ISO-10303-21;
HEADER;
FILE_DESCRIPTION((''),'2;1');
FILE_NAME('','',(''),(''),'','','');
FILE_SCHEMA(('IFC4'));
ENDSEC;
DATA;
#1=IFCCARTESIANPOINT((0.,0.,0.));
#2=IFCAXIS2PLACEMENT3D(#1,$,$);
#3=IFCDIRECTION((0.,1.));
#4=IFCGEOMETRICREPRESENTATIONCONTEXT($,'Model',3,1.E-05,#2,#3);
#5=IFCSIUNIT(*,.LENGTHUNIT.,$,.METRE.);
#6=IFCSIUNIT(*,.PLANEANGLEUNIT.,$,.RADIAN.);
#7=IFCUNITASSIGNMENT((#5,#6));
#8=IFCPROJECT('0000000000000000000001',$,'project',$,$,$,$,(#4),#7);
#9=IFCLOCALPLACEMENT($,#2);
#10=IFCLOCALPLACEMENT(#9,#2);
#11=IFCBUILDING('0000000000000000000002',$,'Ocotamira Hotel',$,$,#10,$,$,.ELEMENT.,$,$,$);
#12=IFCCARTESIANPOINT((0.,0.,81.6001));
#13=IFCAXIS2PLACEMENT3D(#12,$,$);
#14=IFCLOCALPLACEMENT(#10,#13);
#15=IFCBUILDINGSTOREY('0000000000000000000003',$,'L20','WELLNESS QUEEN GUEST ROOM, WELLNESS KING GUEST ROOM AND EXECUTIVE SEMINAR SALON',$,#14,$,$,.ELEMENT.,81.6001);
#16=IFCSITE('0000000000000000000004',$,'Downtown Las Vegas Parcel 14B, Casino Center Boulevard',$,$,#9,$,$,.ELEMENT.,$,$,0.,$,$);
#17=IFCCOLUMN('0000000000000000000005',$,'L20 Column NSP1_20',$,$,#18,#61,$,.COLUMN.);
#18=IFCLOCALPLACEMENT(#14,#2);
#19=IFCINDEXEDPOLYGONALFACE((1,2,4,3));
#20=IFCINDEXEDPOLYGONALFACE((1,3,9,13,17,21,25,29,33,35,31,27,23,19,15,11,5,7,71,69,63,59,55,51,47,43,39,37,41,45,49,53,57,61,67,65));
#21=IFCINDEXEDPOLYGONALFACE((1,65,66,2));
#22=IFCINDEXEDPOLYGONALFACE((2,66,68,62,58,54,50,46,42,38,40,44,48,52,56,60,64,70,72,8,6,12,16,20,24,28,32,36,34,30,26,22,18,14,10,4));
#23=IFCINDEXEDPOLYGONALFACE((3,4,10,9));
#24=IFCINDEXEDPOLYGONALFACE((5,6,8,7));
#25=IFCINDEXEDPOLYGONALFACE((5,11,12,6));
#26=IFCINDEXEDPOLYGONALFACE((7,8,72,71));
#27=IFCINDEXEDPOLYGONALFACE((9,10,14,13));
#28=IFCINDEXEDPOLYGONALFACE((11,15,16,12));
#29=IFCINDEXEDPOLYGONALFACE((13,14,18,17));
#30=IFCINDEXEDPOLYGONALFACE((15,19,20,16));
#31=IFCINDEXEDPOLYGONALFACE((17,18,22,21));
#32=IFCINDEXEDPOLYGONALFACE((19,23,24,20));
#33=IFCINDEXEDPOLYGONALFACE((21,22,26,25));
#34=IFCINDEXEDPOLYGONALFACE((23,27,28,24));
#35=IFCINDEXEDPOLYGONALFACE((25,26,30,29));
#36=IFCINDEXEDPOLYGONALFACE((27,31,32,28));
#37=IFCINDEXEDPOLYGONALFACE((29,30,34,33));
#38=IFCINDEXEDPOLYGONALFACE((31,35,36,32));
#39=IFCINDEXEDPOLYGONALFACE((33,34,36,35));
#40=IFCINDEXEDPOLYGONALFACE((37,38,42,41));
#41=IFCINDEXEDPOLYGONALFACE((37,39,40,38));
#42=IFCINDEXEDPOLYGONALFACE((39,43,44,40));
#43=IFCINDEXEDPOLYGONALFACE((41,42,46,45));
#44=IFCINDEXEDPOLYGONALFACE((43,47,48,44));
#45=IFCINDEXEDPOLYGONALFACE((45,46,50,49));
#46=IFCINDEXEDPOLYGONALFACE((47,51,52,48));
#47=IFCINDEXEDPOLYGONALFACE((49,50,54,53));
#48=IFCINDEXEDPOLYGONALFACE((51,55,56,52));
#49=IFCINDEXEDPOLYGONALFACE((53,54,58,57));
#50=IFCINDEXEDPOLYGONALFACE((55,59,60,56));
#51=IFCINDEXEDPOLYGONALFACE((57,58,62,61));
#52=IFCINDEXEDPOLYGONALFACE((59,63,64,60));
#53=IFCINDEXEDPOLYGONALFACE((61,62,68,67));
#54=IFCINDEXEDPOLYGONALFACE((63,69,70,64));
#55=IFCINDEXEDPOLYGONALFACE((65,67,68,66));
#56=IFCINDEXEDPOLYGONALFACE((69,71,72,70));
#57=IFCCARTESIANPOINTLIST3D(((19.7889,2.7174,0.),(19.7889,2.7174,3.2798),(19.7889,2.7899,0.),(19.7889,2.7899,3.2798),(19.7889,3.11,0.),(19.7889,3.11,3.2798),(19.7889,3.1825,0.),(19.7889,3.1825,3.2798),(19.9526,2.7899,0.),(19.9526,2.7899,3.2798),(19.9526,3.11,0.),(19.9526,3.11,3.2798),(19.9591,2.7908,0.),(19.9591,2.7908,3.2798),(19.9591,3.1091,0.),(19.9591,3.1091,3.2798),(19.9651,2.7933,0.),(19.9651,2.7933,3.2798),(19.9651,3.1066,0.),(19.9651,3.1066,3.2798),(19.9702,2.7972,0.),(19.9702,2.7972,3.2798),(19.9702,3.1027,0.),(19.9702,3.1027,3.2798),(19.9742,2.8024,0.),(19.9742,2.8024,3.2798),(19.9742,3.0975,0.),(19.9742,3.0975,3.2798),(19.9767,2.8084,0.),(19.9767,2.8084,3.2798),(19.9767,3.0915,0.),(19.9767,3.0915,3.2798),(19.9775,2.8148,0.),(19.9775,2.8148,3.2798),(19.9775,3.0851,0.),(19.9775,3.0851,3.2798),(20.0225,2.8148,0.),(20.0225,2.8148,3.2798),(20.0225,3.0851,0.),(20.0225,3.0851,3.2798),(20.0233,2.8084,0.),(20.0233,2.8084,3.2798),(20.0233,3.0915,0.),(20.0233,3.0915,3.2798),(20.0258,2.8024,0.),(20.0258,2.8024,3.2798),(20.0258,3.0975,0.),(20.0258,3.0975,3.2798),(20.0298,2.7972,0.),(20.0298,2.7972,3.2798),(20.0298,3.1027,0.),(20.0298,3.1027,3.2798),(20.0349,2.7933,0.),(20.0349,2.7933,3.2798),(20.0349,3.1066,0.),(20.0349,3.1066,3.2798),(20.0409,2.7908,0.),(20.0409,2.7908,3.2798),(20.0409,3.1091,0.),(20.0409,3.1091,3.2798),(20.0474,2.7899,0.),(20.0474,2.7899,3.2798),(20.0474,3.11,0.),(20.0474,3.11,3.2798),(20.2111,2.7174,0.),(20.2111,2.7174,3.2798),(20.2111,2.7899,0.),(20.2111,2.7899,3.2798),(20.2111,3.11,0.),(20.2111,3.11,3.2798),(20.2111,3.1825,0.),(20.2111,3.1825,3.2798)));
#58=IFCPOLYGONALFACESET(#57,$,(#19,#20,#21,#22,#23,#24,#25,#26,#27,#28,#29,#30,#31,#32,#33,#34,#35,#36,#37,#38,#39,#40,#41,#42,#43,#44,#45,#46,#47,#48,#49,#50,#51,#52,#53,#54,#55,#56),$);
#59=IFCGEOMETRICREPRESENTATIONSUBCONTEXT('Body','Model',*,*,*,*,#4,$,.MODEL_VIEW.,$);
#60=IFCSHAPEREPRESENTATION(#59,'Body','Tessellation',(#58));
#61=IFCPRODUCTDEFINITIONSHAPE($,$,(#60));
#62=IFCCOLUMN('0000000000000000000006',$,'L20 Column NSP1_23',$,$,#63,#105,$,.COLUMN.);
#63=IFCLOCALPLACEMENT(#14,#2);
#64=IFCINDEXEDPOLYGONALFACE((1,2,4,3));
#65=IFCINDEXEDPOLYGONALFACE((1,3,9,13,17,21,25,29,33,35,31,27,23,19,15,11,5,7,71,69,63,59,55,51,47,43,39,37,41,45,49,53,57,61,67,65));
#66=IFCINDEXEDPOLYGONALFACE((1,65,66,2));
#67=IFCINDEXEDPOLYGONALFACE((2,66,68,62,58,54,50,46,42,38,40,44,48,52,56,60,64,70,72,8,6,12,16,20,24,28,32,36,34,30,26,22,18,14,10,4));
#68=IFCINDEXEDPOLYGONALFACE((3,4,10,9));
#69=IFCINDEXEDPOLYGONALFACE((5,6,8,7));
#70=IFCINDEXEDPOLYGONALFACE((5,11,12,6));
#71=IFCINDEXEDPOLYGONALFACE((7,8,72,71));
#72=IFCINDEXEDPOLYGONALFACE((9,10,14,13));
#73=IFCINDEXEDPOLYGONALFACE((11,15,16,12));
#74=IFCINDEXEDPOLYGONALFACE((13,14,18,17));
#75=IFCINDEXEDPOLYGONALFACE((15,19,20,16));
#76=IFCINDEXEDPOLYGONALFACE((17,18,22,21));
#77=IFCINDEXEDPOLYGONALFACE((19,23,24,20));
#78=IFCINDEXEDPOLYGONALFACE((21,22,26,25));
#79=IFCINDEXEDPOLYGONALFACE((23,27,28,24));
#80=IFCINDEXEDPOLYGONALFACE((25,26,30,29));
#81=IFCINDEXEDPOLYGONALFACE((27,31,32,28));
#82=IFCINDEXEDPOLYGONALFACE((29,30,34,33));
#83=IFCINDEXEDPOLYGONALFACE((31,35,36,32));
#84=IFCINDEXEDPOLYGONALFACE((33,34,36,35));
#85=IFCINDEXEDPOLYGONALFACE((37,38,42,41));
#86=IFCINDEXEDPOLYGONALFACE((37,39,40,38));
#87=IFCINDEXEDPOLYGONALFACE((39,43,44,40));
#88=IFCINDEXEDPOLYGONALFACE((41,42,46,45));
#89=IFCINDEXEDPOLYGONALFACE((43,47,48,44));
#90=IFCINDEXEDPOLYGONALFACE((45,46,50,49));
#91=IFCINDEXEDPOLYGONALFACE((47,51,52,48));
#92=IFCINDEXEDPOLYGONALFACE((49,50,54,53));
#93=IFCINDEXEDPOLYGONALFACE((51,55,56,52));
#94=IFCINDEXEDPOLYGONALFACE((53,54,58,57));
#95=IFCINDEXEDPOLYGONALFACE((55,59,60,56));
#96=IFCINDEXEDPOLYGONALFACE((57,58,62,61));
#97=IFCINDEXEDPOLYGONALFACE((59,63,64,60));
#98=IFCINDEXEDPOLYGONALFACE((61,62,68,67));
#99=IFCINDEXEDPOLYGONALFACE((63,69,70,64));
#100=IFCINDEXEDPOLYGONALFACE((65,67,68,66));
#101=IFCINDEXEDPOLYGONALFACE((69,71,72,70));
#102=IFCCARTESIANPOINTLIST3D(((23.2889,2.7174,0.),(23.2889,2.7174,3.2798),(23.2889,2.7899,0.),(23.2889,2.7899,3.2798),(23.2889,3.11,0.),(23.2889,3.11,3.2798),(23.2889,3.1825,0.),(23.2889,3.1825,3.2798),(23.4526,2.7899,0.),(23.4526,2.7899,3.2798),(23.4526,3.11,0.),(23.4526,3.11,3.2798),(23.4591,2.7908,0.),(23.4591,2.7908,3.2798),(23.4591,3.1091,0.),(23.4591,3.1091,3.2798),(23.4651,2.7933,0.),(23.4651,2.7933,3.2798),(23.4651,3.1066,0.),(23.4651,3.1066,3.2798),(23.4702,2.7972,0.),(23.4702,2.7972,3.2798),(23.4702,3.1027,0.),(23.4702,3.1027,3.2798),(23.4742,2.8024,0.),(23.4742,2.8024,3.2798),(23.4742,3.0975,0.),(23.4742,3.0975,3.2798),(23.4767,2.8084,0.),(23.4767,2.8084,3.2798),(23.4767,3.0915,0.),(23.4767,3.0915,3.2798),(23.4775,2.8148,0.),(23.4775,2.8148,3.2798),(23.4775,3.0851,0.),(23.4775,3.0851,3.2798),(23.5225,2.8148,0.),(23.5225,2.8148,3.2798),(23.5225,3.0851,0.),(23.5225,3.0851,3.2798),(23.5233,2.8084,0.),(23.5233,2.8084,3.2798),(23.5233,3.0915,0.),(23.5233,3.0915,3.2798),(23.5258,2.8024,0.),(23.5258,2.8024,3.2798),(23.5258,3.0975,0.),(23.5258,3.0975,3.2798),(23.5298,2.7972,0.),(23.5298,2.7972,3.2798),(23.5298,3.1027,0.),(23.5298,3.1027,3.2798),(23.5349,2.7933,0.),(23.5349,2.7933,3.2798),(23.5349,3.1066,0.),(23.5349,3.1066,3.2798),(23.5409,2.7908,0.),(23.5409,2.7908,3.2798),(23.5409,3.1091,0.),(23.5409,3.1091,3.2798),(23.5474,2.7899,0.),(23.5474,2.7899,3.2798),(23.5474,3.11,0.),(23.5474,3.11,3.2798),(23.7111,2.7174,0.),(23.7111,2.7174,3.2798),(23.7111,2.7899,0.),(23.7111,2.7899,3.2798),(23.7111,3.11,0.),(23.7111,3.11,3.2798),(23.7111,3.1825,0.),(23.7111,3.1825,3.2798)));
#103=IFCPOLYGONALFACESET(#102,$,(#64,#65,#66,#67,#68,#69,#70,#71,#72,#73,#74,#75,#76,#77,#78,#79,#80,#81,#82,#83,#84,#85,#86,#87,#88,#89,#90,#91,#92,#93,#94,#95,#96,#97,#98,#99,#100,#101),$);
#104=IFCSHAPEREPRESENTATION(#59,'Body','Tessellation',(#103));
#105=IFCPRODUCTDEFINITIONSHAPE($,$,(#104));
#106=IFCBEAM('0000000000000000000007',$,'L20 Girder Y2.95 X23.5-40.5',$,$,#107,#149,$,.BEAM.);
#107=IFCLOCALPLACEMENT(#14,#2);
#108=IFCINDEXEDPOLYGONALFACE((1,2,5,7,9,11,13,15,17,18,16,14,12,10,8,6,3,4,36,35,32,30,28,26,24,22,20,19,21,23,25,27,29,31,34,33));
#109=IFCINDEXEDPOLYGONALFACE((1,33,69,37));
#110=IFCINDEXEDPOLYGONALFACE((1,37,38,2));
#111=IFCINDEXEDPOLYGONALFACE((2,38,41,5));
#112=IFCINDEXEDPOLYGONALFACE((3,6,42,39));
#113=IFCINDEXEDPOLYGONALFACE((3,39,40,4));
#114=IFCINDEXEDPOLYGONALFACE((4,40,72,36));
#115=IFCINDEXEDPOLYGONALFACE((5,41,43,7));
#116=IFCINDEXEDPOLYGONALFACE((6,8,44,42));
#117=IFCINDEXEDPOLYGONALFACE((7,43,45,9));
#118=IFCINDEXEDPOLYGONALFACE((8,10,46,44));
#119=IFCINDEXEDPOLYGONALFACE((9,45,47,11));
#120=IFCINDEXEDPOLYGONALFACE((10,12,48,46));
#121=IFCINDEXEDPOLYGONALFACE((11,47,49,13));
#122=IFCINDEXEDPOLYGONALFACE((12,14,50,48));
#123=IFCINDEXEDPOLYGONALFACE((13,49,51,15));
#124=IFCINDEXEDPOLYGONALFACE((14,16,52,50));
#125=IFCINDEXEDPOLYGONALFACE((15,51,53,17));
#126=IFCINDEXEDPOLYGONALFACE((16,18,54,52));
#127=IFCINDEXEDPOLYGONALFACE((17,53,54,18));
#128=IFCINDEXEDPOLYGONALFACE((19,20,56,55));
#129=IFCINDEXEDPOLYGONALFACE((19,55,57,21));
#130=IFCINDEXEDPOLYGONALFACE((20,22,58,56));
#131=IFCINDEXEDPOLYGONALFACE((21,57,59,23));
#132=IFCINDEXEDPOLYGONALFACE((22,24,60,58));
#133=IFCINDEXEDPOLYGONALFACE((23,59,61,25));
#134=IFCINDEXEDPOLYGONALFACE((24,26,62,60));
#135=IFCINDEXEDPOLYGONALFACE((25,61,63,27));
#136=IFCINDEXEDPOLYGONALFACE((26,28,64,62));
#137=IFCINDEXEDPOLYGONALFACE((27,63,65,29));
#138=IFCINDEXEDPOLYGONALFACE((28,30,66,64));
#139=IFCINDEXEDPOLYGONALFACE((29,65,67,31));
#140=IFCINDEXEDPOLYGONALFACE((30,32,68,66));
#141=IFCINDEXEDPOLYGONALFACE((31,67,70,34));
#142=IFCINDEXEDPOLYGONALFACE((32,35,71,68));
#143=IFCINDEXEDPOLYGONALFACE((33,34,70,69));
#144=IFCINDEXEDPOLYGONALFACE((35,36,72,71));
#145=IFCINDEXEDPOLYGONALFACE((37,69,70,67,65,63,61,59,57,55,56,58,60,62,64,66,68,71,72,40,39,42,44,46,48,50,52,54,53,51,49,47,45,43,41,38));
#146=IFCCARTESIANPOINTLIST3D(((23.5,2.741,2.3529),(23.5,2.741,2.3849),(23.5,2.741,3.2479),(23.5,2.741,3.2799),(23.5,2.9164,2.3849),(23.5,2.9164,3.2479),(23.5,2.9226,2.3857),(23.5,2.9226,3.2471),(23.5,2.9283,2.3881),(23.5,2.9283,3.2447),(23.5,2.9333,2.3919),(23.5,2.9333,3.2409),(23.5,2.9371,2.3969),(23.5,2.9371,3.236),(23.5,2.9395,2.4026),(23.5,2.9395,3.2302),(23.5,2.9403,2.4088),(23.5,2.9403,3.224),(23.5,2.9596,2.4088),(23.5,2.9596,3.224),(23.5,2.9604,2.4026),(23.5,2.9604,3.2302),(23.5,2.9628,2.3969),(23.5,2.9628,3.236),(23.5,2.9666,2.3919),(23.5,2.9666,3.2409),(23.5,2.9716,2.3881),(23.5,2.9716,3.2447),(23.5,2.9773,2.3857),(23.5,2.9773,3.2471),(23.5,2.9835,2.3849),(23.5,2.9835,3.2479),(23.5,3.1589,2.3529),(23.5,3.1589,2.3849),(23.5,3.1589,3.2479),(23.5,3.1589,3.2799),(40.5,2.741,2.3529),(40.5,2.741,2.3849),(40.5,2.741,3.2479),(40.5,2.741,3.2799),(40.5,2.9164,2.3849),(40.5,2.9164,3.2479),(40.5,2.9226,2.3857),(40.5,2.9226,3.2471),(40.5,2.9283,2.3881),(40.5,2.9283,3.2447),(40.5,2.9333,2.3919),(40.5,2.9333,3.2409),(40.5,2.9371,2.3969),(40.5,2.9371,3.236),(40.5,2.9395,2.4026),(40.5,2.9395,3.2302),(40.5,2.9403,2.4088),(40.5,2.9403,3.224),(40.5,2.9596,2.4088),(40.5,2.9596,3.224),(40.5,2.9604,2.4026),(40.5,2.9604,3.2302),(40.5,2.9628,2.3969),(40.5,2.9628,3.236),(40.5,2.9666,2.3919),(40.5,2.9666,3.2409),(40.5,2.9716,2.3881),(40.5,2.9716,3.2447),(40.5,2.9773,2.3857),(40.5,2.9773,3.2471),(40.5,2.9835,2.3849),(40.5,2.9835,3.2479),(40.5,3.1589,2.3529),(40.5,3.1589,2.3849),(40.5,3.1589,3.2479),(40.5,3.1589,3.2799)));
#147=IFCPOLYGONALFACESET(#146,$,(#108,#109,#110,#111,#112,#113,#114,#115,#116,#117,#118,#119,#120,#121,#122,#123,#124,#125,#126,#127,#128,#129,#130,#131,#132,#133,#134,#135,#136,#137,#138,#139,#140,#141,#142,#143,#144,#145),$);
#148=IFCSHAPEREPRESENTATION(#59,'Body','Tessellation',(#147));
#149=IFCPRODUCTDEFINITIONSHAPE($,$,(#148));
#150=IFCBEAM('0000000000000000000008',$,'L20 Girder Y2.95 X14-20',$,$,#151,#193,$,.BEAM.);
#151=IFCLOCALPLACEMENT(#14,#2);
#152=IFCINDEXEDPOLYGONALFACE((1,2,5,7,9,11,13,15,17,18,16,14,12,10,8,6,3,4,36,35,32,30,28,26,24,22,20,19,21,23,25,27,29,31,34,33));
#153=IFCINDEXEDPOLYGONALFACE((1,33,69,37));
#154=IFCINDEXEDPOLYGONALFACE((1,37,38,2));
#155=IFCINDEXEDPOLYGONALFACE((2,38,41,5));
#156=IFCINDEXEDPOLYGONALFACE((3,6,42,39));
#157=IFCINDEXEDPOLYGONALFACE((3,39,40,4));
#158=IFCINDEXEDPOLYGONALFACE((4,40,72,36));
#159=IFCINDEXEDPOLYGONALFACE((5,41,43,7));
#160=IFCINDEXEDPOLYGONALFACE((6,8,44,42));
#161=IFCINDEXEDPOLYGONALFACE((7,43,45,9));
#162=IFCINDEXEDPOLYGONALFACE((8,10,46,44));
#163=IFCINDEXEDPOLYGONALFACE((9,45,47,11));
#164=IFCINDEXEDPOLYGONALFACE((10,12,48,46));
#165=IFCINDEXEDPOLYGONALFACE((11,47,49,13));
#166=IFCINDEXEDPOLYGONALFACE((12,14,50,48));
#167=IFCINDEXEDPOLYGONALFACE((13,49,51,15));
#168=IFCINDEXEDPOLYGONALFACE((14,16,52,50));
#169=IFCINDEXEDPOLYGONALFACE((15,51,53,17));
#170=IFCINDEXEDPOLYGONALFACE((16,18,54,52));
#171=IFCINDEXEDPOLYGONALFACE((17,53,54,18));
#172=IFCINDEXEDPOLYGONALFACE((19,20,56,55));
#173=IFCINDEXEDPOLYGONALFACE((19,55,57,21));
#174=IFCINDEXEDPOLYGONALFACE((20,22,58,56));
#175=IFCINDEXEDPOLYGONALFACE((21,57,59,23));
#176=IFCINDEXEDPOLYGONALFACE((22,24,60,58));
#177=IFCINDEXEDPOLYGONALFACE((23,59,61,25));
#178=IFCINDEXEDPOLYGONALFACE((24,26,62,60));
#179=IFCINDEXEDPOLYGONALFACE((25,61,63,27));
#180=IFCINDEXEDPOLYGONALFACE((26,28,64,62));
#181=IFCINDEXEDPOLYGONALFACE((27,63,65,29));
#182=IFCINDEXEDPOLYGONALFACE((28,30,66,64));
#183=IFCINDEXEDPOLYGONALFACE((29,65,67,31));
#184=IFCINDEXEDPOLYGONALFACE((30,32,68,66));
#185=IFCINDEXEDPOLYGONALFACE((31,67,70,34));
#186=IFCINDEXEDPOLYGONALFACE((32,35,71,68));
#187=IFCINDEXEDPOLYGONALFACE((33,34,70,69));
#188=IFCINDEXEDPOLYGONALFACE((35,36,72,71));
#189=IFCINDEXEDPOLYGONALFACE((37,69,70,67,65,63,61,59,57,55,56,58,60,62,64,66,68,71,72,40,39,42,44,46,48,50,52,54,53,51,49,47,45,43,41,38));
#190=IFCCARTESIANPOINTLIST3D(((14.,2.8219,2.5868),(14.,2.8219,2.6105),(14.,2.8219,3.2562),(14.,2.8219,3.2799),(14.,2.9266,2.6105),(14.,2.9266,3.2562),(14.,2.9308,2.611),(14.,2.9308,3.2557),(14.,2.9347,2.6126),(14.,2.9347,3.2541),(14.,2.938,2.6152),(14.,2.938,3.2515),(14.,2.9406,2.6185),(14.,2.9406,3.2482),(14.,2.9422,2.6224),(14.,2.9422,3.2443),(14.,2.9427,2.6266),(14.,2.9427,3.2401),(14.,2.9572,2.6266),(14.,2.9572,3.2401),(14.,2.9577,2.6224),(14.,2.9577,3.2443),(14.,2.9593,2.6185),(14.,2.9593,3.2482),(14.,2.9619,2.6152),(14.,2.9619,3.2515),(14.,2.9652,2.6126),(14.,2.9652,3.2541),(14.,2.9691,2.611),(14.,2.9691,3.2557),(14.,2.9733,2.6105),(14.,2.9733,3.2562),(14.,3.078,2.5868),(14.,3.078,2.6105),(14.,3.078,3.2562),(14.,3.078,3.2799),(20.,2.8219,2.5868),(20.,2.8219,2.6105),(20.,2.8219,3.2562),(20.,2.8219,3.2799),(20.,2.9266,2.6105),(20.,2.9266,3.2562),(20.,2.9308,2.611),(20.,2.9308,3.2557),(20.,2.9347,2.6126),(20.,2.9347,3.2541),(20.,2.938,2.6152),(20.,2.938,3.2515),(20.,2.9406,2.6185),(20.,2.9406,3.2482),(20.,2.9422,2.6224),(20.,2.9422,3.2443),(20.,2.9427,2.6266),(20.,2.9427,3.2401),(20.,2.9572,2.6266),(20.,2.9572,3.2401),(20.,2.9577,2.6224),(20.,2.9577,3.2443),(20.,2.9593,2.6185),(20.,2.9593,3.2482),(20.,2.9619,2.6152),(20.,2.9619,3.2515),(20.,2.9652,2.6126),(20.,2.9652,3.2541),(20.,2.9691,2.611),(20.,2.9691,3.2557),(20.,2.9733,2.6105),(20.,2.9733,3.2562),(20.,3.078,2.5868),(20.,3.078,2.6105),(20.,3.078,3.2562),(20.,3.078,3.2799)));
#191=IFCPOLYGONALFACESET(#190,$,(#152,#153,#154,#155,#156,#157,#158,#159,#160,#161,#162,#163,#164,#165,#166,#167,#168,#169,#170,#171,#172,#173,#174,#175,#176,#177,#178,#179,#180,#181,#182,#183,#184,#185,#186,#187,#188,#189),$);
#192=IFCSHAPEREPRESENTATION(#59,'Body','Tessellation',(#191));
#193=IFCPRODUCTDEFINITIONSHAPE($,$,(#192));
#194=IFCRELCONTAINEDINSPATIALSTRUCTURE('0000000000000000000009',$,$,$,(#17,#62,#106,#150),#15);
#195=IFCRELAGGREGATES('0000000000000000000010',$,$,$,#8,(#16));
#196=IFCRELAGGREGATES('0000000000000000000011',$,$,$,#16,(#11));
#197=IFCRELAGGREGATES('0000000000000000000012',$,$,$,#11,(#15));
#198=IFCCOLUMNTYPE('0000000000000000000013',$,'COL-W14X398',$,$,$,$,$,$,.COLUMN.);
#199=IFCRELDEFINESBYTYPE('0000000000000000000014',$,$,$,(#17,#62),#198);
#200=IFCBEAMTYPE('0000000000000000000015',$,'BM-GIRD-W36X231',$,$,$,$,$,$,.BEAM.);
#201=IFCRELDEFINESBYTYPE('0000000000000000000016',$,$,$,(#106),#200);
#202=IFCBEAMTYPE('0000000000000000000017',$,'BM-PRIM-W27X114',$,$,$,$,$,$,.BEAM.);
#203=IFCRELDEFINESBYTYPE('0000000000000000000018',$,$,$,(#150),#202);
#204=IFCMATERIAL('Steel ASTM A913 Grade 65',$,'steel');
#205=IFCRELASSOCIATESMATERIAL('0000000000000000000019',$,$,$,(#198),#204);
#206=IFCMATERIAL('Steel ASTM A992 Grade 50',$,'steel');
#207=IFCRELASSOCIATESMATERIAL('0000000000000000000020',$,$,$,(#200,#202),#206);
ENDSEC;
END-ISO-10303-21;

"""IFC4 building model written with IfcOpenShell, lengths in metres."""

from ifc_helpers import new_model, si_unit, direction, frame, origin, origin_2d, place, context, subcontext, project, spatial, i_section, extrude, source, transform, mapped, material, material_profile, profile_set, type_object, element, save


model = new_model("IFC4")

# Units and contexts
model_context = context("Model", 3, precision=1e-05, world=origin(), true_north=direction((0.0, 1.0)))
body_context = subcontext(model_context, "Body", "Model", "MODEL_VIEW")
ifc_project = project(units=[si_unit("LENGTHUNIT", "METRE"), si_unit("PLANEANGLEUNIT", "RADIAN")], contexts=[model_context])

# Site, building, storey
site_placement = place(None, origin())
site = spatial("IfcSite", under=ifc_project, at=site_placement, Name="Downtown Las Vegas Parcel 14B, Casino Center Boulevard", CompositionType="ELEMENT", RefElevation=0.0)
building_placement = place(site_placement, origin())
building = spatial("IfcBuilding", under=site, at=building_placement, Name="Ocotamira Hotel", CompositionType="ELEMENT")
storey_placement = place(building_placement, frame((0.0, 0.0, 81.6001)))
storey = spatial("IfcBuildingStorey", under=building, at=storey_placement, Name="L20", Description="WELLNESS QUEEN GUEST ROOM, WELLNESS KING GUEST ROOM AND EXECUTIVE SEMINAR SALON", CompositionType="ELEMENT", Elevation=81.6001)

# Columns
ifc_material_1 = material(Name="Steel ASTM A913 Grade 65", Category="steel")
ifc_material_profile_1 = material_profile(ifc_material_1, i_section(OverallWidth=0.4221, OverallDepth=0.4651, WebThickness=0.0449, FlangeThickness=0.0725, FilletRadius=0.0249, at=origin_2d()), Name="W14X398")
ifc_profile_set_1 = profile_set([ifc_material_profile_1], Name="Steel ASTM A913 Grade 65")
column_type = type_object("IfcColumnType", Name="COL-W14X398", PredefinedType="COLUMN", material=ifc_profile_set_1)
shared_shape_1 = source(origin(), body_context, "Body", "SweptSolid", [
    extrude(i_section(OverallWidth=0.4221, OverallDepth=0.4651, WebThickness=0.0449, FlangeThickness=0.0725, FilletRadius=0.0249, at=origin_2d()), origin(), (0.0, 0.0, 1.0), 3.2798),
])
for number, where, z_axis, x_axis, name in (
    (1, (20.0, 2.95, 0.0), (0.0, 0.0, 1.0), (1.0, 0.0, 0.0), "L20 Column NSP1_20"),
    (2, (23.5, 2.95, 0.0), (0.0, 0.0, 1.0), (1.0, 0.0, 0.0), "L20 Column NSP1_23"),
):
    element("IfcColumn", number, at=place(storey_placement, frame(where, z_axis=z_axis, x_axis=x_axis)), inside=storey, type_object=column_type, Name=name, PredefinedType="COLUMN", context=body_context, shape_type="MappedRepresentation", body=[
        mapped(shared_shape_1, transform((0.0, 0.0, 0.0), scale=1.0)),
    ])

# Beams
ifc_material_2 = material(Name="Steel ASTM A992 Grade 50", Category="steel")
ifc_material_profile_2 = material_profile(ifc_material_2, i_section(OverallWidth=0.418, OverallDepth=0.927, WebThickness=0.0193, FlangeThickness=0.032, FilletRadius=0.0239, at=origin_2d()), Name="W36X231")
ifc_profile_set_2 = profile_set([ifc_material_profile_2], Name="Steel ASTM A992 Grade 50")
beam_type_1 = type_object("IfcBeamType", Name="BM-GIRD-W36X231", PredefinedType="BEAM", material=ifc_profile_set_2)
shared_shape_2 = source(origin(), body_context, "Body", "SweptSolid", [
    extrude(i_section(OverallWidth=0.418, OverallDepth=0.927, WebThickness=0.0193, FlangeThickness=0.032, FilletRadius=0.0239, at=origin_2d()), origin(), (0.0, 0.0, 1.0), 17.0),
])
beam_1_placement = place(storey_placement, frame((23.5, 2.95, 2.8164), z_axis=(1.0, 0.0, 0.0), x_axis=(0.0, 1.0, 0.0)))
element("IfcBeam", 3, at=beam_1_placement, inside=storey, type_object=beam_type_1, Name="L20 Girder Y2.95 X23.5-40.5", PredefinedType="BEAM", context=body_context, shape_type="MappedRepresentation", body=[
    mapped(shared_shape_2, transform((0.0, 0.0, 0.0), scale=1.0)),
])
ifc_material_profile_3 = material_profile(ifc_material_2, i_section(OverallWidth=0.2561, OverallDepth=0.6931, WebThickness=0.0144, FlangeThickness=0.0237, FilletRadius=0.0161, at=origin_2d()), Name="W27X114")
ifc_profile_set_3 = profile_set([ifc_material_profile_3], Name="Steel ASTM A992 Grade 50")
beam_type_2 = type_object("IfcBeamType", Name="BM-PRIM-W27X114", PredefinedType="BEAM", material=ifc_profile_set_3)
shared_shape_3 = source(origin(), body_context, "Body", "SweptSolid", [
    extrude(i_section(OverallWidth=0.2561, OverallDepth=0.6931, WebThickness=0.0144, FlangeThickness=0.0237, FilletRadius=0.0161, at=origin_2d()), origin(), (0.0, 0.0, 1.0), 6.0),
])
beam_2_placement = place(storey_placement, frame((14.0, 2.95, 2.9333), z_axis=(1.0, 0.0, 0.0), x_axis=(0.0, 1.0, 0.0)))
element("IfcBeam", 4, at=beam_2_placement, inside=storey, type_object=beam_type_2, Name="L20 Girder Y2.95 X14-20", PredefinedType="BEAM", context=body_context, shape_type="MappedRepresentation", body=[
    mapped(shared_shape_3, transform((0.0, 0.0, 0.0), scale=1.0)),
])

save(model, "model.ifc")
